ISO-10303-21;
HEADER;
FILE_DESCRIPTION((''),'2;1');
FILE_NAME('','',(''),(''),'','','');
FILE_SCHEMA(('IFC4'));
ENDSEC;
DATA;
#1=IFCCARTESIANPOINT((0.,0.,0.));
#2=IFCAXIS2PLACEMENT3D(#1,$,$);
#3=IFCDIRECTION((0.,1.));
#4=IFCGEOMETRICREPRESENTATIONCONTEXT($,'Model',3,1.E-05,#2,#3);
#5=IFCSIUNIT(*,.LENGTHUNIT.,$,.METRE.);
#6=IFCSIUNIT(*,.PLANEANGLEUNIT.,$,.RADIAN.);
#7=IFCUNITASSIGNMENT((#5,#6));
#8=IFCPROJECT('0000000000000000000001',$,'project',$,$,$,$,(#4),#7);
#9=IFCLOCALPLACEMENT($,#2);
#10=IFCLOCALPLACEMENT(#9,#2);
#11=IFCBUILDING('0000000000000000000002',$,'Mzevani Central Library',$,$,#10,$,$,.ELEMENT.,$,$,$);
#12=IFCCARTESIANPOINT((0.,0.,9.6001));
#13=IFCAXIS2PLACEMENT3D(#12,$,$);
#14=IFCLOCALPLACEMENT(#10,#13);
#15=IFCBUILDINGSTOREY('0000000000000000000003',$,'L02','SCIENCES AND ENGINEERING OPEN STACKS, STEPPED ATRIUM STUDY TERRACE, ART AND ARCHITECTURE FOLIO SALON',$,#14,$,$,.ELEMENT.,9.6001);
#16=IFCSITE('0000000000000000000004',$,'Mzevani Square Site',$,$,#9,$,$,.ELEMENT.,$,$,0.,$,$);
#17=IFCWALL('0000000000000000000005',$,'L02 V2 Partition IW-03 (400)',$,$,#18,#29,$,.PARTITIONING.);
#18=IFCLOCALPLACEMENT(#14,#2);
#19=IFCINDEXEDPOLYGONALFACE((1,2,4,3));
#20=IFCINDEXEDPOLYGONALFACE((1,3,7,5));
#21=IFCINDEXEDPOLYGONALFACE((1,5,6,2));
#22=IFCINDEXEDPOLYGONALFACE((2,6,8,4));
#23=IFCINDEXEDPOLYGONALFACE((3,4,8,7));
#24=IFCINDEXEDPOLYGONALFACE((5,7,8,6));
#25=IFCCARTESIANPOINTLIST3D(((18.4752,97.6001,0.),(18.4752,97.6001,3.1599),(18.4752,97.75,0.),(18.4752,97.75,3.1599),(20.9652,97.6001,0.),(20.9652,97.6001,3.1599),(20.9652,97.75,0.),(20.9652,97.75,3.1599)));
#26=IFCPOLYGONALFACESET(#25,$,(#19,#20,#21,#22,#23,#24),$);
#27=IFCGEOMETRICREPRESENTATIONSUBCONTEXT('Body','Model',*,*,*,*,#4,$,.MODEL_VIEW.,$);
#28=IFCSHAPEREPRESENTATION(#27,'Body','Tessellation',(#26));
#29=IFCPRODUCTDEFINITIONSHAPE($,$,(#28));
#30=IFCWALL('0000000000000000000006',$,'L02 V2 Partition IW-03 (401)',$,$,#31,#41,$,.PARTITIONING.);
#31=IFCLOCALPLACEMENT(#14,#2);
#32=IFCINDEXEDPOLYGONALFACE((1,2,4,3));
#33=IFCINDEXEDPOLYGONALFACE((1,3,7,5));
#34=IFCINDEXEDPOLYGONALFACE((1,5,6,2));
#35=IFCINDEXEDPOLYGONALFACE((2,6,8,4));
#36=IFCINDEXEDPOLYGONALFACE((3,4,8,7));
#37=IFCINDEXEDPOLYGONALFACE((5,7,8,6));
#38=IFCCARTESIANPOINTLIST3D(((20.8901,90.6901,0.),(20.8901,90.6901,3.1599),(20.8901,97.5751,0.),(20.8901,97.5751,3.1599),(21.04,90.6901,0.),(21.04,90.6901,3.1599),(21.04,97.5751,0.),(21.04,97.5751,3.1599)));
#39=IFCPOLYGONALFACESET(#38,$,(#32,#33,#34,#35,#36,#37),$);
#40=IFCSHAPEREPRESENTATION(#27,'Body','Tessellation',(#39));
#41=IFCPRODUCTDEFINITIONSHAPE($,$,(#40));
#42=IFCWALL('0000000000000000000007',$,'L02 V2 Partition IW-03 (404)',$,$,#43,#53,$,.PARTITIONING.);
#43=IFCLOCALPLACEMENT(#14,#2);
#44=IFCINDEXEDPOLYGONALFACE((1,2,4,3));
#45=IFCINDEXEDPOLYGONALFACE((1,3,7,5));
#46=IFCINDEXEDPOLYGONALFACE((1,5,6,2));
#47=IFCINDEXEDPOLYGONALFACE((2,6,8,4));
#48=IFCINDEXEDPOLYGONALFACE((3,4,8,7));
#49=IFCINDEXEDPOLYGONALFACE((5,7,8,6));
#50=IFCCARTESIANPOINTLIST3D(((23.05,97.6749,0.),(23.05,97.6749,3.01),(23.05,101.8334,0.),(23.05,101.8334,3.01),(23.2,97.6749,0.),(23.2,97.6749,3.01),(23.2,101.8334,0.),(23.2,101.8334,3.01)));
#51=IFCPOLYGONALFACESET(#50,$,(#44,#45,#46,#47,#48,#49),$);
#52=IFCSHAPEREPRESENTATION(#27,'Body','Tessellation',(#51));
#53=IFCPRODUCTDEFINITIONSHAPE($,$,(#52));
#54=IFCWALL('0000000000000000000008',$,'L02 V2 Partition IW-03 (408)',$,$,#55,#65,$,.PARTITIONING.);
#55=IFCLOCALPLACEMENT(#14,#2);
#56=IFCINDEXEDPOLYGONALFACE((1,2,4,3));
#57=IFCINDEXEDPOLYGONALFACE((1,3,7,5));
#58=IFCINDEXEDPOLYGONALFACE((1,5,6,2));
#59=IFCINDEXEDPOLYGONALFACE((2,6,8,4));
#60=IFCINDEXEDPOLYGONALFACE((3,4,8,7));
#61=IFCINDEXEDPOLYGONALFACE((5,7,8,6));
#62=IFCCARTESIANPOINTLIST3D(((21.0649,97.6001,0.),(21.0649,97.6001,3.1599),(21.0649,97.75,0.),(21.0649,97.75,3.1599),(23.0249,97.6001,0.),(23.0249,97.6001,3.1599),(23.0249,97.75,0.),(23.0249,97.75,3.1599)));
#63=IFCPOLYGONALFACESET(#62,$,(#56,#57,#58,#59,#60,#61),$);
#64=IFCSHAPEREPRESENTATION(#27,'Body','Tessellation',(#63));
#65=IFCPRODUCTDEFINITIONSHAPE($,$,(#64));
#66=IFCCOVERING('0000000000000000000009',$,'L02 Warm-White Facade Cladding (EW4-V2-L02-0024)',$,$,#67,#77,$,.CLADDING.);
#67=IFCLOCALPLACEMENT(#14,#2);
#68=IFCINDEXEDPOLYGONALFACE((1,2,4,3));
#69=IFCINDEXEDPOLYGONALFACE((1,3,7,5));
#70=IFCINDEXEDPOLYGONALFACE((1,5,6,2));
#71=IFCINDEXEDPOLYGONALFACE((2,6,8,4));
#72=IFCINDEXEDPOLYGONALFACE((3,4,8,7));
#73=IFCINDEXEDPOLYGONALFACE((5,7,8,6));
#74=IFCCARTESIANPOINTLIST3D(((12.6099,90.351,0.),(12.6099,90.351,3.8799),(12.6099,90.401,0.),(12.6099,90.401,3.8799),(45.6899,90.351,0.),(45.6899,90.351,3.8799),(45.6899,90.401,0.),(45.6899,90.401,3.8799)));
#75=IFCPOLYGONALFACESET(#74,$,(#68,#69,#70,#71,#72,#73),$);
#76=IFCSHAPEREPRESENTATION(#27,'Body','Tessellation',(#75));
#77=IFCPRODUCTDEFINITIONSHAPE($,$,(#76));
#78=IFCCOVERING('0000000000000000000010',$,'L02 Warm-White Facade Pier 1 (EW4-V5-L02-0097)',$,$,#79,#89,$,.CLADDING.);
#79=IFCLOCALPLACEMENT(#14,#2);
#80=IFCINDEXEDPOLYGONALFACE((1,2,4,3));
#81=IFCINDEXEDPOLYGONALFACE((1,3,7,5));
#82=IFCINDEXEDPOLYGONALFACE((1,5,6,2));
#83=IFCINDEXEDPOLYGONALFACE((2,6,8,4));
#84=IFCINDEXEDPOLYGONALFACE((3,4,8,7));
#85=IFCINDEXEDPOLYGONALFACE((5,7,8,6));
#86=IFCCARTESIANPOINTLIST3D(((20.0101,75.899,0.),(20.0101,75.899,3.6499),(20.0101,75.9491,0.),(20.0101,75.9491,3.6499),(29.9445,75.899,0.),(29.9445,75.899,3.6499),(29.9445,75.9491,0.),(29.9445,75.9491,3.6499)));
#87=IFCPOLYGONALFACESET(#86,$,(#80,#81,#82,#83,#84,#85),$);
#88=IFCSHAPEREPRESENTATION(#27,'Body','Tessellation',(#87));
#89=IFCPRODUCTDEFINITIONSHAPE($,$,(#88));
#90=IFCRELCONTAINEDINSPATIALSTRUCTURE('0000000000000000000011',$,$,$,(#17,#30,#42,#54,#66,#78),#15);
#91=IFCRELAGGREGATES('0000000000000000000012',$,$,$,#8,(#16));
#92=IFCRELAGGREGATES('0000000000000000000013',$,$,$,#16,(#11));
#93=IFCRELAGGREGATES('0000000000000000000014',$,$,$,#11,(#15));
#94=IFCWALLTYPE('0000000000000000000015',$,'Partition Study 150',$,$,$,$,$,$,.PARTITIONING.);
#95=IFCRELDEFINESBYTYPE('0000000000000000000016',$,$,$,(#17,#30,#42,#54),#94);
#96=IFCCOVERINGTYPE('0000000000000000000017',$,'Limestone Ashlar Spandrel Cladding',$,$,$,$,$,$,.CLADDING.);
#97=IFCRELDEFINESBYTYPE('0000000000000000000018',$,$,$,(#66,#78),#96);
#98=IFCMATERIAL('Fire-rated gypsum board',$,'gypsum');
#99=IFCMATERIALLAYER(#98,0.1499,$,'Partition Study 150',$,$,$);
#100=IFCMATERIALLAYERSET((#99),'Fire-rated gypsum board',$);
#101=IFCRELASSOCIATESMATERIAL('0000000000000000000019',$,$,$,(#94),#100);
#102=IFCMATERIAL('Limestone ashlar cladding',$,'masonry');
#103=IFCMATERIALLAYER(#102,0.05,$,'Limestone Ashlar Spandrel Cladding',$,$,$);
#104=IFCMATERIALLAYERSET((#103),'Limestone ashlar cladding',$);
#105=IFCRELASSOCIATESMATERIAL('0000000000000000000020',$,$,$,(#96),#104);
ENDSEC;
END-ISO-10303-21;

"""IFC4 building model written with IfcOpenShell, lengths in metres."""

from ifc_helpers import new_model, si_unit, direction, frame, frame_2d, origin, origin_2d, place, context, subcontext, project, spatial, rectangle, extrude, material, layer, layer_set, type_object, element, save


model = new_model("IFC4")

# Units and contexts
model_context = context("Model", 3, precision=1e-05, world=origin(), true_north=direction((0.0, 1.0)))
body_context = subcontext(model_context, "Body", "Model", "MODEL_VIEW")
ifc_project = project(units=[si_unit("LENGTHUNIT", "METRE"), si_unit("PLANEANGLEUNIT", "RADIAN")], contexts=[model_context])

# Site, building, storey
site_placement = place(None, origin())
site = spatial("IfcSite", under=ifc_project, at=site_placement, Name="Mzevani Square Site", CompositionType="ELEMENT", RefElevation=0.0)
building_placement = place(site_placement, origin())
building = spatial("IfcBuilding", under=site, at=building_placement, Name="Mzevani Central Library", CompositionType="ELEMENT")
storey_placement = place(building_placement, frame((0.0, 0.0, 9.6001)))
storey = spatial("IfcBuildingStorey", under=building, at=storey_placement, Name="L02", Description="SCIENCES AND ENGINEERING OPEN STACKS, STEPPED ATRIUM STUDY TERRACE, ART AND ARCHITECTURE FOLIO SALON", CompositionType="ELEMENT", Elevation=9.6001)

# Shared definitions
ifc_material_1 = material(Name="Fire-rated gypsum board", Category="gypsum")

# Walls
ifc_layer_1 = layer(ifc_material_1, 0.1499, Name="Partition Study 150")
ifc_layer_set_1 = layer_set([ifc_layer_1], Name="Fire-rated gypsum board")
wall_type_1 = type_object("IfcWallType", Name="Partition Study 150", PredefinedType="PARTITIONING", material=ifc_layer_set_1)
wall_1_placement = place(storey_placement, frame((18.4751, 97.675, 0.0), z_axis=(0.0, 0.0, 1.0), x_axis=(1.0, 0.0, 0.0)))
element("IfcWall", 1, at=wall_1_placement, inside=storey, type_object=wall_type_1, Name="L02 V2 Partition IW-03 (400)", PredefinedType="PARTITIONING", context=body_context, shape_type="SweptSolid", body=[
    extrude(rectangle(XDim=2.49, YDim=0.1499, at=frame_2d((1.2451, 0.0))), origin(), (0.0, 0.0, 1.0), 3.1599),
])
wall_2_placement = place(storey_placement, frame((20.9651, 97.575, 0.0), z_axis=(0.0, 0.0, 1.0), x_axis=(0.0, -1.0, 0.0)))
element("IfcWall", 2, at=wall_2_placement, inside=storey, type_object=wall_type_1, Name="L02 V2 Partition IW-03 (401)", PredefinedType="PARTITIONING", context=body_context, shape_type="SweptSolid", body=[
    extrude(rectangle(XDim=6.885, YDim=0.1499, at=frame_2d((3.4424, 0.0))), origin(), (0.0, 0.0, 1.0), 3.1599),
])
wall_3_placement = place(storey_placement, frame((23.125, 97.675, 0.0), z_axis=(0.0, 0.0, 1.0), x_axis=(0.0, 1.0, 0.0)))
element("IfcWall", 3, at=wall_3_placement, inside=storey, type_object=wall_type_1, Name="L02 V2 Partition IW-03 (404)", PredefinedType="PARTITIONING", context=body_context, shape_type="SweptSolid", body=[
    extrude(rectangle(XDim=4.1584, YDim=0.1499, at=frame_2d((2.0791, 0.0))), origin(), (0.0, 0.0, 1.0), 3.01),
])
wall_4_placement = place(storey_placement, frame((21.0649, 97.675, 0.0), z_axis=(0.0, 0.0, 1.0), x_axis=(1.0, 0.0, 0.0)))
element("IfcWall", 4, at=wall_4_placement, inside=storey, type_object=wall_type_1, Name="L02 V2 Partition IW-03 (408)", PredefinedType="PARTITIONING", context=body_context, shape_type="SweptSolid", body=[
    extrude(rectangle(XDim=1.96, YDim=0.1499, at=frame_2d((0.98, 0.0))), origin(), (0.0, 0.0, 1.0), 3.1599),
])

# Coverings
ifc_material_2 = material(Name="Limestone ashlar cladding", Category="masonry")
ifc_layer_2 = layer(ifc_material_2, 0.05, Name="Limestone Ashlar Spandrel Cladding")
ifc_layer_set_2 = layer_set([ifc_layer_2], Name="Limestone ashlar cladding")
covering_type = type_object("IfcCoveringType", Name="Limestone Ashlar Spandrel Cladding", PredefinedType="CLADDING", material=ifc_layer_set_2)
covering_1_placement = place(storey_placement, frame((29.1499, 90.376, 0.0), z_axis=(0.0, 0.0, 1.0), x_axis=(-1.0, 0.0, 0.0)))
element("IfcCovering", 5, at=covering_1_placement, inside=storey, type_object=covering_type, Name="L02 Warm-White Facade Cladding (EW4-V2-L02-0024)", PredefinedType="CLADDING", context=body_context, shape_type="SweptSolid", body=[
    extrude(rectangle(XDim=33.0801, YDim=0.05, at=origin_2d()), origin(), (0.0, 0.0, 1.0), 3.8799),
])
covering_2_placement = place(storey_placement, frame((24.9773, 75.9241, 0.0), z_axis=(0.0, 0.0, 1.0), x_axis=(1.0, 0.0, 0.0)))
element("IfcCovering", 6, at=covering_2_placement, inside=storey, type_object=covering_type, Name="L02 Warm-White Facade Pier 1 (EW4-V5-L02-0097)", PredefinedType="CLADDING", context=body_context, shape_type="SweptSolid", body=[
    extrude(rectangle(XDim=9.9343, YDim=0.05, at=origin_2d()), origin(), (0.0, 0.0, 1.0), 3.6499),
])

save(model, "model.ifc")
